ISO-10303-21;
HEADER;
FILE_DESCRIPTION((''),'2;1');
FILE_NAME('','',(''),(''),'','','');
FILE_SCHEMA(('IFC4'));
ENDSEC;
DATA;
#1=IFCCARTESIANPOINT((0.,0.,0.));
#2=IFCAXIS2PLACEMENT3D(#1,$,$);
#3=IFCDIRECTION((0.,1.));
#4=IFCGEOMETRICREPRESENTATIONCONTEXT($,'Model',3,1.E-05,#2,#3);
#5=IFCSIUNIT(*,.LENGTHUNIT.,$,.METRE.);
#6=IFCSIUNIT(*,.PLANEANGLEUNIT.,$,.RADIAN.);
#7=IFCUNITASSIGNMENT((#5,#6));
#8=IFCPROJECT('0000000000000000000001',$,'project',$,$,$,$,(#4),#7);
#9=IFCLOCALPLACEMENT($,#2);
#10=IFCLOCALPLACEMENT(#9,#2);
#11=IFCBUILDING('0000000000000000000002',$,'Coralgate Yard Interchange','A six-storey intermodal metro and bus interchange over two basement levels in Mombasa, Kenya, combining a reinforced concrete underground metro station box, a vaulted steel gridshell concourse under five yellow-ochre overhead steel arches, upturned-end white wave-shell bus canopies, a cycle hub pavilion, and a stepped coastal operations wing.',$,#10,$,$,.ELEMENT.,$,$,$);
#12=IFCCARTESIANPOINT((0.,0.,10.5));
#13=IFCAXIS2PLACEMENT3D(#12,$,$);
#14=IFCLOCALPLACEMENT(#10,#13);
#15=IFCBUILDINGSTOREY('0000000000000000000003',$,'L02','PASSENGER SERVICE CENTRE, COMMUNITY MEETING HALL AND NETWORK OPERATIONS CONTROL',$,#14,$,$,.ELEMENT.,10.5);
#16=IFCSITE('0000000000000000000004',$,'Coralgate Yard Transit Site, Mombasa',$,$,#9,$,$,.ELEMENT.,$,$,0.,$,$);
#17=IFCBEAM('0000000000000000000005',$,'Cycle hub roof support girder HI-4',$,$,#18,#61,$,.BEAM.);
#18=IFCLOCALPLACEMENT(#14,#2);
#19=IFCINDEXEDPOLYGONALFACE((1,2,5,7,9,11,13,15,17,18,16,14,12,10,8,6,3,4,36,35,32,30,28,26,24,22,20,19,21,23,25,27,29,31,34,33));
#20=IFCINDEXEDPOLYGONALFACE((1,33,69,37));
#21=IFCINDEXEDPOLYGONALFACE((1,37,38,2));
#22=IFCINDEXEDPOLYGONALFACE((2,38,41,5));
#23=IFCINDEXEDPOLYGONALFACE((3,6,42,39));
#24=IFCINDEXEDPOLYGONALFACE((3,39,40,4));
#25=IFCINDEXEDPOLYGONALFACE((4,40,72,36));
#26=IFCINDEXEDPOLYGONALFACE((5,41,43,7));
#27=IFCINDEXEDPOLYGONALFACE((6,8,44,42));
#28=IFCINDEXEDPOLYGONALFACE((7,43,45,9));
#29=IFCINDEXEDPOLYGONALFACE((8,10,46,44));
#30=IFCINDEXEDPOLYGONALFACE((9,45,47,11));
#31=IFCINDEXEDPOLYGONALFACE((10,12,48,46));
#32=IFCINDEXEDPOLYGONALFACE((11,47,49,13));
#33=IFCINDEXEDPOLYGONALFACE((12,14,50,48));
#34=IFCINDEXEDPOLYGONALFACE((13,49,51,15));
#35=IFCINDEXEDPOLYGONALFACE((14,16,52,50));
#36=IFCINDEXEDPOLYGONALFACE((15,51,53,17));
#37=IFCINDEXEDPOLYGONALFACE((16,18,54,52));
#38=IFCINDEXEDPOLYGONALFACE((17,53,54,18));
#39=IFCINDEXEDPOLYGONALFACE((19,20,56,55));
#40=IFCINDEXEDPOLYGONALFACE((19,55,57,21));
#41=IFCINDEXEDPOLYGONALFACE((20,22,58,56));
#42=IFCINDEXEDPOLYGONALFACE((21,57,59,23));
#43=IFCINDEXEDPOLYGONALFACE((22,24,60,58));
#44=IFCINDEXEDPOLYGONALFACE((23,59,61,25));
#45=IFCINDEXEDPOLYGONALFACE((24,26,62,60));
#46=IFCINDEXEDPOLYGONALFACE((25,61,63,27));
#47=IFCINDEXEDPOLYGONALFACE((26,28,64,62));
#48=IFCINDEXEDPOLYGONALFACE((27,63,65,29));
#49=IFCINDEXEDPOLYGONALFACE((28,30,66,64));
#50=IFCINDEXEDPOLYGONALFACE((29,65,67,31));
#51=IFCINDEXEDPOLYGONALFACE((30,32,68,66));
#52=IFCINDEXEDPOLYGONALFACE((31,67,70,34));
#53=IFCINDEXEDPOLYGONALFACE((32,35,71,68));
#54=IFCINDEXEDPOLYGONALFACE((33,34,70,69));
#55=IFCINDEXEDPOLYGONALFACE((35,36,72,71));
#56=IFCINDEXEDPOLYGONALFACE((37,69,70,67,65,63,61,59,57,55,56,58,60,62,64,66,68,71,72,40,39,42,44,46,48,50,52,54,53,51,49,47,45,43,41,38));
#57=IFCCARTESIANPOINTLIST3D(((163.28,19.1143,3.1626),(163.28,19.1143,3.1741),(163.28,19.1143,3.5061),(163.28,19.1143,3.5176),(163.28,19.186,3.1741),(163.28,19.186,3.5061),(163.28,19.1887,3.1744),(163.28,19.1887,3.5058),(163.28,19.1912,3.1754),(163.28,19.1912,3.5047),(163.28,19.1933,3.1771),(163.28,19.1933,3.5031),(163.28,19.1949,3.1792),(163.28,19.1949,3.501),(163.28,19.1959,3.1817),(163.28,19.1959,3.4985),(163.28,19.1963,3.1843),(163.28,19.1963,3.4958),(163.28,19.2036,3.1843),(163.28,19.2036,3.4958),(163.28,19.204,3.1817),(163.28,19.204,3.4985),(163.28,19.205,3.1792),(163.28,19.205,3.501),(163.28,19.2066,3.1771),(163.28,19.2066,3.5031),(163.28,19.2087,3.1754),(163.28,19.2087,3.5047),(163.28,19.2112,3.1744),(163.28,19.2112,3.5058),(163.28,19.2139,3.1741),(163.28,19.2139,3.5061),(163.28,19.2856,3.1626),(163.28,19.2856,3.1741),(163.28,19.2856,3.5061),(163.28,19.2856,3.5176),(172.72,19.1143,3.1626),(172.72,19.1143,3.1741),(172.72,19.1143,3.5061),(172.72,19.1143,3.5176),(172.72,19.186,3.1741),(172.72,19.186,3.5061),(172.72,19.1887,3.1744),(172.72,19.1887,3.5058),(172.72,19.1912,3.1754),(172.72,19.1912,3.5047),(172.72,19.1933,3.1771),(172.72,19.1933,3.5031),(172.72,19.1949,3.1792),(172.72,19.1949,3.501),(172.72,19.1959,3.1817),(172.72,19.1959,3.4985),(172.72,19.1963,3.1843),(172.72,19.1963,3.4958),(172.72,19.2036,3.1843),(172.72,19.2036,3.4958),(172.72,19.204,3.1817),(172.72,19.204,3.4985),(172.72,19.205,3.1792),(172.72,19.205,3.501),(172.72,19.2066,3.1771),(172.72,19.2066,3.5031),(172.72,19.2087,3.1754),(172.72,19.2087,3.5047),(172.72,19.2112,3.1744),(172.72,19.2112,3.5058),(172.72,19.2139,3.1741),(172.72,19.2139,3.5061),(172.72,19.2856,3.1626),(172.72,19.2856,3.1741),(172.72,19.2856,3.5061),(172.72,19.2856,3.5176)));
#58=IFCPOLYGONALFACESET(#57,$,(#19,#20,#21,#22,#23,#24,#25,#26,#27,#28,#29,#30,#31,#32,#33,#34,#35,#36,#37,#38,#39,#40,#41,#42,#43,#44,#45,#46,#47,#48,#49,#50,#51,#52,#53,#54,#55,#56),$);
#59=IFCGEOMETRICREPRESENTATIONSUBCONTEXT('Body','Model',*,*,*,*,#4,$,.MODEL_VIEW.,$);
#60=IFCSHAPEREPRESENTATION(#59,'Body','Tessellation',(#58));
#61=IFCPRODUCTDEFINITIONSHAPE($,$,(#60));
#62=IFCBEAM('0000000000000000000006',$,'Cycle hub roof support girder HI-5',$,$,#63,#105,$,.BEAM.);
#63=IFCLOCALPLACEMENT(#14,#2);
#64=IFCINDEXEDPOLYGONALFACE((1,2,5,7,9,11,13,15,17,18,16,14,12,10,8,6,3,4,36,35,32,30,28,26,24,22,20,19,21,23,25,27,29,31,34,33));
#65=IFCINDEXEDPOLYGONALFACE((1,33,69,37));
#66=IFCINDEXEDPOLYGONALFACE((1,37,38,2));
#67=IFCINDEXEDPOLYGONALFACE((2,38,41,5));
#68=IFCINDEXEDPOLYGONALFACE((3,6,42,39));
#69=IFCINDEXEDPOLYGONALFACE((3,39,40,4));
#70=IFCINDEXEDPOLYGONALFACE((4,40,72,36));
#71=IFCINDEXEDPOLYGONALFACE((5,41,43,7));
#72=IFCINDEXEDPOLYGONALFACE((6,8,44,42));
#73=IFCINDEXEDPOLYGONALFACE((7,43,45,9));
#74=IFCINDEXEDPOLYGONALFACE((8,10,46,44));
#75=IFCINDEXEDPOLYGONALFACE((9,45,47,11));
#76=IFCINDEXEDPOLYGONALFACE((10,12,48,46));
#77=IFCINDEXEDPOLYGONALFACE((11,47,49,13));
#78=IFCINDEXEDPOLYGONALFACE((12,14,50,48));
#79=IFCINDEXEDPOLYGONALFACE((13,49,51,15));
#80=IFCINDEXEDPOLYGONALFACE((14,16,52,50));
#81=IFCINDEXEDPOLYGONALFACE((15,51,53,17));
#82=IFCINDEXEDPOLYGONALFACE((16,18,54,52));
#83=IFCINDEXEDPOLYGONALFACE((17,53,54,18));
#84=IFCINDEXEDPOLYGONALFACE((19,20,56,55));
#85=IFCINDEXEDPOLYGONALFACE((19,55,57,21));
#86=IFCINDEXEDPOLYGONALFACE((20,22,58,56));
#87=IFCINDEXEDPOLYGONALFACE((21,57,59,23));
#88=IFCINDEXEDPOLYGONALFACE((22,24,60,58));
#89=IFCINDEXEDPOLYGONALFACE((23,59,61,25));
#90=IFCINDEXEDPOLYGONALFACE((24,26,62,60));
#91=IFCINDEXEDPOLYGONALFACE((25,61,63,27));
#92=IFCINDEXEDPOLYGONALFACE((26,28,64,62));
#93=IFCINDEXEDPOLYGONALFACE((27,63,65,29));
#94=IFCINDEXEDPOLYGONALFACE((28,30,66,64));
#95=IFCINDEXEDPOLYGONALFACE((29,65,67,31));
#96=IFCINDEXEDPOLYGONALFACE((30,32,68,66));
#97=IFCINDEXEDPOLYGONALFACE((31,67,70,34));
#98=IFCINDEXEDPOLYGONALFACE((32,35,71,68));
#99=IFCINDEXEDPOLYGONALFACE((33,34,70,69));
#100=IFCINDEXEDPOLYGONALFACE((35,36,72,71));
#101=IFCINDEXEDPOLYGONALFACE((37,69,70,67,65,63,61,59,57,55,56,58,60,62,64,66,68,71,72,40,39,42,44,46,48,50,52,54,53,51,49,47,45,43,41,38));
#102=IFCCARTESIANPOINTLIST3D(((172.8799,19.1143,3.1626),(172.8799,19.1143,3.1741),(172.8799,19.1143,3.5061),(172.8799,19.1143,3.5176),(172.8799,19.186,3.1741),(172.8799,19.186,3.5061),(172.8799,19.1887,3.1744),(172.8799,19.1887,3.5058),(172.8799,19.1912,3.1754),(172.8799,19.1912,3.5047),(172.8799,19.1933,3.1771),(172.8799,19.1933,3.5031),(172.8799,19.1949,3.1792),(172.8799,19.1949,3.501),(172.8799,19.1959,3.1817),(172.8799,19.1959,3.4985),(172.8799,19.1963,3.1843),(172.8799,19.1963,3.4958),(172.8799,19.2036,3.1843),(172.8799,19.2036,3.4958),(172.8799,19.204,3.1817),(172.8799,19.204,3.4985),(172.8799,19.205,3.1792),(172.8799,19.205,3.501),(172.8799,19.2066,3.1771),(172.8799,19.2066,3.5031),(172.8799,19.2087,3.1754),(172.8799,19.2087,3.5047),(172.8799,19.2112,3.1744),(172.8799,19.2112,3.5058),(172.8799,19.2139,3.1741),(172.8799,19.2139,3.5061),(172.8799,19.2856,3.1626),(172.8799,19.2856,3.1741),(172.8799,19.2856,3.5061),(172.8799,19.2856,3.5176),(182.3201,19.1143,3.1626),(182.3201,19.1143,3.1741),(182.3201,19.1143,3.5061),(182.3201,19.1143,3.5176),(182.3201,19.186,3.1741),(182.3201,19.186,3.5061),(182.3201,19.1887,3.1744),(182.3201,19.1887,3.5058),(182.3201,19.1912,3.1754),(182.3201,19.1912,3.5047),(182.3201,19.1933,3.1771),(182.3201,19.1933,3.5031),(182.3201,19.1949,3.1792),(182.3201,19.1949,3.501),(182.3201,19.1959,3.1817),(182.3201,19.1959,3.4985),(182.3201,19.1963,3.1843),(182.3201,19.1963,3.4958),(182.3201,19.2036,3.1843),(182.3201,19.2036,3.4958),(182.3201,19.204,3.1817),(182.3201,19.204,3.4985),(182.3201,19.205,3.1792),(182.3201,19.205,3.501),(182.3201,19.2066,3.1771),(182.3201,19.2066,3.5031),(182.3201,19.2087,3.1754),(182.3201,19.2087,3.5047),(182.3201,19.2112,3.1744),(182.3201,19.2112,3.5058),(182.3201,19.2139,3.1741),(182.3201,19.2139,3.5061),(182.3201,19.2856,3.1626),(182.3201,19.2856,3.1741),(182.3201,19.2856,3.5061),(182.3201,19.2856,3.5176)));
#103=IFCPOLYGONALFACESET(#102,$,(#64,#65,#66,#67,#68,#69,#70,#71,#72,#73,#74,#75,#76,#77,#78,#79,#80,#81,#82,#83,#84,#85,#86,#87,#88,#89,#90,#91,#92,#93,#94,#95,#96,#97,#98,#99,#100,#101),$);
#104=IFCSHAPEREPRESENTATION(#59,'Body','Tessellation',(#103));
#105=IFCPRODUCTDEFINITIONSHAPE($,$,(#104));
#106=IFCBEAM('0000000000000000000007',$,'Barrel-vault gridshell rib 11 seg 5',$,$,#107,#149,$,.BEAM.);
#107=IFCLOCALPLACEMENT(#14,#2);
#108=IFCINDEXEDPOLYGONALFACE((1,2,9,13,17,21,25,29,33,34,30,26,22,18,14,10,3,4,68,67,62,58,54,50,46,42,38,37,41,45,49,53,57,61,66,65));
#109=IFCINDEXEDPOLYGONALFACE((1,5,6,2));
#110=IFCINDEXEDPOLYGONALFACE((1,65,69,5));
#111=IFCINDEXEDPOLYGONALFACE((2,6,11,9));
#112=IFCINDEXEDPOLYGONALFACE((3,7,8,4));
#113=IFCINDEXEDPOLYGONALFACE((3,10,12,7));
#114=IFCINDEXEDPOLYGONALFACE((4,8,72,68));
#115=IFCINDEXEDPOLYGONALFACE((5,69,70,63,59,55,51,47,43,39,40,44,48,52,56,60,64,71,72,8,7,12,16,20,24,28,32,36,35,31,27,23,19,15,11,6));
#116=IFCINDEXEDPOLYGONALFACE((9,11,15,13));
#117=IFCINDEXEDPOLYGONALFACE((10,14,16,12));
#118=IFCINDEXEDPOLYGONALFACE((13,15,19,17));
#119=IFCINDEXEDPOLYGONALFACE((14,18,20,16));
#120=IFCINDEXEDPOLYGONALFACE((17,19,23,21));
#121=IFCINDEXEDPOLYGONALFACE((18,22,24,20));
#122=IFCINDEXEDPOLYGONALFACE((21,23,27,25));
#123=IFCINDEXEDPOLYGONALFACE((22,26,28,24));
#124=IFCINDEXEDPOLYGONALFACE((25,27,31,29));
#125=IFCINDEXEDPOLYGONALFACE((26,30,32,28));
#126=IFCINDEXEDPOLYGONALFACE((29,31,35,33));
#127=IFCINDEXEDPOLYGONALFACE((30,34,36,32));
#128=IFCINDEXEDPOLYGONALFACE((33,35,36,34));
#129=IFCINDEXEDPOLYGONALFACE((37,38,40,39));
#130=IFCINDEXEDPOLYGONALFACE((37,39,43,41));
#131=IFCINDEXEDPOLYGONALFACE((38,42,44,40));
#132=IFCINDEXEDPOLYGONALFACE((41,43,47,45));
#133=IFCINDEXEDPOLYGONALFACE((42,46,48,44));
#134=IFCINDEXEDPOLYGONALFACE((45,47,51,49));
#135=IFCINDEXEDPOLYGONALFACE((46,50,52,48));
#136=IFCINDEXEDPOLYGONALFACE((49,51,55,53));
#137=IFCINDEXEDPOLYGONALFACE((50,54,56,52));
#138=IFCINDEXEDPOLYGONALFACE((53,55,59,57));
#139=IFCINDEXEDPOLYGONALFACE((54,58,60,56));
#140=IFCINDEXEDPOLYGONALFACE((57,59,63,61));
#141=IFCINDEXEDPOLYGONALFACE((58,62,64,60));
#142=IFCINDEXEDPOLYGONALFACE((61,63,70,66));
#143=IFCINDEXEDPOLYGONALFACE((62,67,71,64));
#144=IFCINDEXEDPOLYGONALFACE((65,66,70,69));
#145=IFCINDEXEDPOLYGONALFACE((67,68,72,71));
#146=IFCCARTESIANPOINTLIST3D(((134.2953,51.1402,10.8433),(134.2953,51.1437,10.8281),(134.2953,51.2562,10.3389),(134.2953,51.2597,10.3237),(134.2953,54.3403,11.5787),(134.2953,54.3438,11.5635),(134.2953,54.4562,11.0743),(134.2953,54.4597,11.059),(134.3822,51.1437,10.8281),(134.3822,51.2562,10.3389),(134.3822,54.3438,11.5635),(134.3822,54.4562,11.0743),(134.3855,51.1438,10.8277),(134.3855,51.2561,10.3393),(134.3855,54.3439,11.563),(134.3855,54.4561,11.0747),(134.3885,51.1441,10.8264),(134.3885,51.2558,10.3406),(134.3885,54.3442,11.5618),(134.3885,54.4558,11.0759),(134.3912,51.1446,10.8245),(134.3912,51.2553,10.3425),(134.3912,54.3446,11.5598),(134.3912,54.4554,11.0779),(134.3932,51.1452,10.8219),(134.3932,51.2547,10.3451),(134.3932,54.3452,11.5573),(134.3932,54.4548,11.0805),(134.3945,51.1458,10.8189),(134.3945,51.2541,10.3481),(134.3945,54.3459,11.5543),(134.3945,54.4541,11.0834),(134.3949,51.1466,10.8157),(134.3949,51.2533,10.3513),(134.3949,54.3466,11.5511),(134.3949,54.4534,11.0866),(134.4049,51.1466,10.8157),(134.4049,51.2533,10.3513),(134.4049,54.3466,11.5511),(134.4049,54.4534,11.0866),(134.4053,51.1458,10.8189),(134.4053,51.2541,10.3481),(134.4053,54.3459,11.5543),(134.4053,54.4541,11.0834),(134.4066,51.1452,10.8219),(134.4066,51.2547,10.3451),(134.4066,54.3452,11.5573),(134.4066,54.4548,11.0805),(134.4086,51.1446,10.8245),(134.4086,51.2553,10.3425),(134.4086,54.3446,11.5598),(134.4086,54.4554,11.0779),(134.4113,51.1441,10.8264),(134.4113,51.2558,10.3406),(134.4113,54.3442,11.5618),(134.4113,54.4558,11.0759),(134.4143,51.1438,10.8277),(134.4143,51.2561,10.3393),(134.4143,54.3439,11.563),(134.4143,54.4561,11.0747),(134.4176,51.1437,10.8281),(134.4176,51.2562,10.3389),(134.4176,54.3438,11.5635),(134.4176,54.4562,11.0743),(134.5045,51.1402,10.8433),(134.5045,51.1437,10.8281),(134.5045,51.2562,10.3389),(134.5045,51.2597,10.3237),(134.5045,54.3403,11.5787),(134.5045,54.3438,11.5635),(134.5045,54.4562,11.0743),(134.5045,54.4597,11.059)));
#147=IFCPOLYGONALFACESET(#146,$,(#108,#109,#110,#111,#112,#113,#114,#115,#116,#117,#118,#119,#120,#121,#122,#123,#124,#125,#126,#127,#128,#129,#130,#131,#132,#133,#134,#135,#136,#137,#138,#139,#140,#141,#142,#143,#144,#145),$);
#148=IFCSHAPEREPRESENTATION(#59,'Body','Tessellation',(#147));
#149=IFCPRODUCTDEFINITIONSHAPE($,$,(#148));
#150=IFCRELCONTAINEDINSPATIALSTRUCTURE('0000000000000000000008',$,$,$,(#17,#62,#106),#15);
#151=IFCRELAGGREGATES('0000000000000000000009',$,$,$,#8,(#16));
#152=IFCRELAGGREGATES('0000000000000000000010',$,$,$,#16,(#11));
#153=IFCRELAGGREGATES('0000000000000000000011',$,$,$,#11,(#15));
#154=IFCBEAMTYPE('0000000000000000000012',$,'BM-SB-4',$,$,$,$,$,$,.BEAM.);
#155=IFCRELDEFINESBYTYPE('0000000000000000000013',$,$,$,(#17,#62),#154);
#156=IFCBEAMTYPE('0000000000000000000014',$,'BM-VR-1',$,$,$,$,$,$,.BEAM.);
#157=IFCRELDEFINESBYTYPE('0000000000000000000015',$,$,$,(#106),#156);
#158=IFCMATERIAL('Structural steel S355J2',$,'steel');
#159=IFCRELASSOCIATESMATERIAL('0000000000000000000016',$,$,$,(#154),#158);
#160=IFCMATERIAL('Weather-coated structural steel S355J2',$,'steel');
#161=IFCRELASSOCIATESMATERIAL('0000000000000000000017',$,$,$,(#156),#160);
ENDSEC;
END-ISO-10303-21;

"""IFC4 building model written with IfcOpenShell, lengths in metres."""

from ifc_helpers import new_model, si_unit, direction, frame, origin, origin_2d, place, context, subcontext, project, spatial, i_section, extrude, material, material_profile, profile_set, type_object, element, save


model = new_model("IFC4")

# Units and contexts
model_context = context("Model", 3, precision=1e-05, world=origin(), true_north=direction((0.0, 1.0)))
body_context = subcontext(model_context, "Body", "Model", "MODEL_VIEW")
ifc_project = project(units=[si_unit("LENGTHUNIT", "METRE"), si_unit("PLANEANGLEUNIT", "RADIAN")], contexts=[model_context])

# Site, building, storey
site_placement = place(None, origin())
site = spatial("IfcSite", under=ifc_project, at=site_placement, Name="Coralgate Yard Transit Site, Mombasa", CompositionType="ELEMENT", RefElevation=0.0)
building_placement = place(site_placement, origin())
building = spatial("IfcBuilding", under=site, at=building_placement, Name="Coralgate Yard Interchange", Description="A six-storey intermodal metro and bus interchange over two basement levels in Mombasa, Kenya, combining a reinforced concrete underground metro station box, a vaulted steel gridshell concourse under five yellow-ochre overhead steel arches, upturned-end white wave-shell bus canopies, a cycle hub pavilion, and a stepped coastal operations wing.", CompositionType="ELEMENT")
storey_placement = place(building_placement, frame((0.0, 0.0, 10.5)))
storey = spatial("IfcBuildingStorey", under=building, at=storey_placement, Name="L02", Description="PASSENGER SERVICE CENTRE, COMMUNITY MEETING HALL AND NETWORK OPERATIONS CONTROL", CompositionType="ELEMENT", Elevation=10.5)

# Shared definitions
ifc_material_1 = material(Name="Structural steel S355J2", Category="steel")

# Beams
ifc_material_profile_1 = material_profile(ifc_material_1, i_section(OverallWidth=0.1714, OverallDepth=0.355, WebThickness=0.0073, FlangeThickness=0.0115, FilletRadius=0.0103, at=origin_2d()), Name="UB 356x171x51")
ifc_profile_set_1 = profile_set([ifc_material_profile_1], Name="Structural steel S355J2")
beam_type_1 = type_object("IfcBeamType", Name="BM-SB-4", PredefinedType="BEAM", material=ifc_profile_set_1)
beam_1_placement = place(storey_placement, frame((163.28, 19.2, 3.3401), z_axis=(1.0, 0.0, 0.0), x_axis=(0.0, 1.0, 0.0)))
element("IfcBeam", 1, at=beam_1_placement, inside=storey, type_object=beam_type_1, Name="Cycle hub roof support girder HI-4", PredefinedType="BEAM", context=body_context, shape_type="SweptSolid", body=[
    extrude(i_section(OverallWidth=0.1714, OverallDepth=0.355, WebThickness=0.0073, FlangeThickness=0.0115, FilletRadius=0.0103, at=origin_2d()), origin(), (0.0, 0.0, 1.0), 9.4399),
])
beam_2_placement = place(storey_placement, frame((172.8799, 19.2, 3.3401), z_axis=(1.0, 0.0, 0.0), x_axis=(0.0, 1.0, 0.0)))
element("IfcBeam", 2, at=beam_2_placement, inside=storey, type_object=beam_type_1, Name="Cycle hub roof support girder HI-5", PredefinedType="BEAM", context=body_context, shape_type="SweptSolid", body=[
    extrude(i_section(OverallWidth=0.1714, OverallDepth=0.355, WebThickness=0.0073, FlangeThickness=0.0115, FilletRadius=0.0103, at=origin_2d()), origin(), (0.0, 0.0, 1.0), 9.4402),
])
ifc_material_2 = material(Name="Weather-coated structural steel S355J2", Category="steel")
ifc_material_profile_2 = material_profile(ifc_material_2, i_section(OverallWidth=0.2092, OverallDepth=0.5332, WebThickness=0.01, FlangeThickness=0.0156, FilletRadius=0.0127, at=origin_2d()), Name="UB 533x210x92")
ifc_profile_set_2 = profile_set([ifc_material_profile_2], Name="Weather-coated structural steel S355J2")
beam_type_2 = type_object("IfcBeamType", Name="BM-VR-1", PredefinedType="BEAM", material=ifc_profile_set_2)
beam_3_placement = place(storey_placement, frame((134.3999, 51.2, 10.5835), z_axis=(0.0, 0.974598, 0.223963), x_axis=(-1.0, 0.0, 0.0)))
element("IfcBeam", 3, at=beam_3_placement, inside=storey, type_object=beam_type_2, Name="Barrel-vault gridshell rib 11 seg 5", PredefinedType="BEAM", context=body_context, shape_type="SweptSolid", body=[
    extrude(i_section(OverallWidth=0.2092, OverallDepth=0.5332, WebThickness=0.01, FlangeThickness=0.0156, FilletRadius=0.0127, at=origin_2d()), origin(), (0.0, 0.0, 1.0), 3.2834),
])

save(model, "model.ifc")
